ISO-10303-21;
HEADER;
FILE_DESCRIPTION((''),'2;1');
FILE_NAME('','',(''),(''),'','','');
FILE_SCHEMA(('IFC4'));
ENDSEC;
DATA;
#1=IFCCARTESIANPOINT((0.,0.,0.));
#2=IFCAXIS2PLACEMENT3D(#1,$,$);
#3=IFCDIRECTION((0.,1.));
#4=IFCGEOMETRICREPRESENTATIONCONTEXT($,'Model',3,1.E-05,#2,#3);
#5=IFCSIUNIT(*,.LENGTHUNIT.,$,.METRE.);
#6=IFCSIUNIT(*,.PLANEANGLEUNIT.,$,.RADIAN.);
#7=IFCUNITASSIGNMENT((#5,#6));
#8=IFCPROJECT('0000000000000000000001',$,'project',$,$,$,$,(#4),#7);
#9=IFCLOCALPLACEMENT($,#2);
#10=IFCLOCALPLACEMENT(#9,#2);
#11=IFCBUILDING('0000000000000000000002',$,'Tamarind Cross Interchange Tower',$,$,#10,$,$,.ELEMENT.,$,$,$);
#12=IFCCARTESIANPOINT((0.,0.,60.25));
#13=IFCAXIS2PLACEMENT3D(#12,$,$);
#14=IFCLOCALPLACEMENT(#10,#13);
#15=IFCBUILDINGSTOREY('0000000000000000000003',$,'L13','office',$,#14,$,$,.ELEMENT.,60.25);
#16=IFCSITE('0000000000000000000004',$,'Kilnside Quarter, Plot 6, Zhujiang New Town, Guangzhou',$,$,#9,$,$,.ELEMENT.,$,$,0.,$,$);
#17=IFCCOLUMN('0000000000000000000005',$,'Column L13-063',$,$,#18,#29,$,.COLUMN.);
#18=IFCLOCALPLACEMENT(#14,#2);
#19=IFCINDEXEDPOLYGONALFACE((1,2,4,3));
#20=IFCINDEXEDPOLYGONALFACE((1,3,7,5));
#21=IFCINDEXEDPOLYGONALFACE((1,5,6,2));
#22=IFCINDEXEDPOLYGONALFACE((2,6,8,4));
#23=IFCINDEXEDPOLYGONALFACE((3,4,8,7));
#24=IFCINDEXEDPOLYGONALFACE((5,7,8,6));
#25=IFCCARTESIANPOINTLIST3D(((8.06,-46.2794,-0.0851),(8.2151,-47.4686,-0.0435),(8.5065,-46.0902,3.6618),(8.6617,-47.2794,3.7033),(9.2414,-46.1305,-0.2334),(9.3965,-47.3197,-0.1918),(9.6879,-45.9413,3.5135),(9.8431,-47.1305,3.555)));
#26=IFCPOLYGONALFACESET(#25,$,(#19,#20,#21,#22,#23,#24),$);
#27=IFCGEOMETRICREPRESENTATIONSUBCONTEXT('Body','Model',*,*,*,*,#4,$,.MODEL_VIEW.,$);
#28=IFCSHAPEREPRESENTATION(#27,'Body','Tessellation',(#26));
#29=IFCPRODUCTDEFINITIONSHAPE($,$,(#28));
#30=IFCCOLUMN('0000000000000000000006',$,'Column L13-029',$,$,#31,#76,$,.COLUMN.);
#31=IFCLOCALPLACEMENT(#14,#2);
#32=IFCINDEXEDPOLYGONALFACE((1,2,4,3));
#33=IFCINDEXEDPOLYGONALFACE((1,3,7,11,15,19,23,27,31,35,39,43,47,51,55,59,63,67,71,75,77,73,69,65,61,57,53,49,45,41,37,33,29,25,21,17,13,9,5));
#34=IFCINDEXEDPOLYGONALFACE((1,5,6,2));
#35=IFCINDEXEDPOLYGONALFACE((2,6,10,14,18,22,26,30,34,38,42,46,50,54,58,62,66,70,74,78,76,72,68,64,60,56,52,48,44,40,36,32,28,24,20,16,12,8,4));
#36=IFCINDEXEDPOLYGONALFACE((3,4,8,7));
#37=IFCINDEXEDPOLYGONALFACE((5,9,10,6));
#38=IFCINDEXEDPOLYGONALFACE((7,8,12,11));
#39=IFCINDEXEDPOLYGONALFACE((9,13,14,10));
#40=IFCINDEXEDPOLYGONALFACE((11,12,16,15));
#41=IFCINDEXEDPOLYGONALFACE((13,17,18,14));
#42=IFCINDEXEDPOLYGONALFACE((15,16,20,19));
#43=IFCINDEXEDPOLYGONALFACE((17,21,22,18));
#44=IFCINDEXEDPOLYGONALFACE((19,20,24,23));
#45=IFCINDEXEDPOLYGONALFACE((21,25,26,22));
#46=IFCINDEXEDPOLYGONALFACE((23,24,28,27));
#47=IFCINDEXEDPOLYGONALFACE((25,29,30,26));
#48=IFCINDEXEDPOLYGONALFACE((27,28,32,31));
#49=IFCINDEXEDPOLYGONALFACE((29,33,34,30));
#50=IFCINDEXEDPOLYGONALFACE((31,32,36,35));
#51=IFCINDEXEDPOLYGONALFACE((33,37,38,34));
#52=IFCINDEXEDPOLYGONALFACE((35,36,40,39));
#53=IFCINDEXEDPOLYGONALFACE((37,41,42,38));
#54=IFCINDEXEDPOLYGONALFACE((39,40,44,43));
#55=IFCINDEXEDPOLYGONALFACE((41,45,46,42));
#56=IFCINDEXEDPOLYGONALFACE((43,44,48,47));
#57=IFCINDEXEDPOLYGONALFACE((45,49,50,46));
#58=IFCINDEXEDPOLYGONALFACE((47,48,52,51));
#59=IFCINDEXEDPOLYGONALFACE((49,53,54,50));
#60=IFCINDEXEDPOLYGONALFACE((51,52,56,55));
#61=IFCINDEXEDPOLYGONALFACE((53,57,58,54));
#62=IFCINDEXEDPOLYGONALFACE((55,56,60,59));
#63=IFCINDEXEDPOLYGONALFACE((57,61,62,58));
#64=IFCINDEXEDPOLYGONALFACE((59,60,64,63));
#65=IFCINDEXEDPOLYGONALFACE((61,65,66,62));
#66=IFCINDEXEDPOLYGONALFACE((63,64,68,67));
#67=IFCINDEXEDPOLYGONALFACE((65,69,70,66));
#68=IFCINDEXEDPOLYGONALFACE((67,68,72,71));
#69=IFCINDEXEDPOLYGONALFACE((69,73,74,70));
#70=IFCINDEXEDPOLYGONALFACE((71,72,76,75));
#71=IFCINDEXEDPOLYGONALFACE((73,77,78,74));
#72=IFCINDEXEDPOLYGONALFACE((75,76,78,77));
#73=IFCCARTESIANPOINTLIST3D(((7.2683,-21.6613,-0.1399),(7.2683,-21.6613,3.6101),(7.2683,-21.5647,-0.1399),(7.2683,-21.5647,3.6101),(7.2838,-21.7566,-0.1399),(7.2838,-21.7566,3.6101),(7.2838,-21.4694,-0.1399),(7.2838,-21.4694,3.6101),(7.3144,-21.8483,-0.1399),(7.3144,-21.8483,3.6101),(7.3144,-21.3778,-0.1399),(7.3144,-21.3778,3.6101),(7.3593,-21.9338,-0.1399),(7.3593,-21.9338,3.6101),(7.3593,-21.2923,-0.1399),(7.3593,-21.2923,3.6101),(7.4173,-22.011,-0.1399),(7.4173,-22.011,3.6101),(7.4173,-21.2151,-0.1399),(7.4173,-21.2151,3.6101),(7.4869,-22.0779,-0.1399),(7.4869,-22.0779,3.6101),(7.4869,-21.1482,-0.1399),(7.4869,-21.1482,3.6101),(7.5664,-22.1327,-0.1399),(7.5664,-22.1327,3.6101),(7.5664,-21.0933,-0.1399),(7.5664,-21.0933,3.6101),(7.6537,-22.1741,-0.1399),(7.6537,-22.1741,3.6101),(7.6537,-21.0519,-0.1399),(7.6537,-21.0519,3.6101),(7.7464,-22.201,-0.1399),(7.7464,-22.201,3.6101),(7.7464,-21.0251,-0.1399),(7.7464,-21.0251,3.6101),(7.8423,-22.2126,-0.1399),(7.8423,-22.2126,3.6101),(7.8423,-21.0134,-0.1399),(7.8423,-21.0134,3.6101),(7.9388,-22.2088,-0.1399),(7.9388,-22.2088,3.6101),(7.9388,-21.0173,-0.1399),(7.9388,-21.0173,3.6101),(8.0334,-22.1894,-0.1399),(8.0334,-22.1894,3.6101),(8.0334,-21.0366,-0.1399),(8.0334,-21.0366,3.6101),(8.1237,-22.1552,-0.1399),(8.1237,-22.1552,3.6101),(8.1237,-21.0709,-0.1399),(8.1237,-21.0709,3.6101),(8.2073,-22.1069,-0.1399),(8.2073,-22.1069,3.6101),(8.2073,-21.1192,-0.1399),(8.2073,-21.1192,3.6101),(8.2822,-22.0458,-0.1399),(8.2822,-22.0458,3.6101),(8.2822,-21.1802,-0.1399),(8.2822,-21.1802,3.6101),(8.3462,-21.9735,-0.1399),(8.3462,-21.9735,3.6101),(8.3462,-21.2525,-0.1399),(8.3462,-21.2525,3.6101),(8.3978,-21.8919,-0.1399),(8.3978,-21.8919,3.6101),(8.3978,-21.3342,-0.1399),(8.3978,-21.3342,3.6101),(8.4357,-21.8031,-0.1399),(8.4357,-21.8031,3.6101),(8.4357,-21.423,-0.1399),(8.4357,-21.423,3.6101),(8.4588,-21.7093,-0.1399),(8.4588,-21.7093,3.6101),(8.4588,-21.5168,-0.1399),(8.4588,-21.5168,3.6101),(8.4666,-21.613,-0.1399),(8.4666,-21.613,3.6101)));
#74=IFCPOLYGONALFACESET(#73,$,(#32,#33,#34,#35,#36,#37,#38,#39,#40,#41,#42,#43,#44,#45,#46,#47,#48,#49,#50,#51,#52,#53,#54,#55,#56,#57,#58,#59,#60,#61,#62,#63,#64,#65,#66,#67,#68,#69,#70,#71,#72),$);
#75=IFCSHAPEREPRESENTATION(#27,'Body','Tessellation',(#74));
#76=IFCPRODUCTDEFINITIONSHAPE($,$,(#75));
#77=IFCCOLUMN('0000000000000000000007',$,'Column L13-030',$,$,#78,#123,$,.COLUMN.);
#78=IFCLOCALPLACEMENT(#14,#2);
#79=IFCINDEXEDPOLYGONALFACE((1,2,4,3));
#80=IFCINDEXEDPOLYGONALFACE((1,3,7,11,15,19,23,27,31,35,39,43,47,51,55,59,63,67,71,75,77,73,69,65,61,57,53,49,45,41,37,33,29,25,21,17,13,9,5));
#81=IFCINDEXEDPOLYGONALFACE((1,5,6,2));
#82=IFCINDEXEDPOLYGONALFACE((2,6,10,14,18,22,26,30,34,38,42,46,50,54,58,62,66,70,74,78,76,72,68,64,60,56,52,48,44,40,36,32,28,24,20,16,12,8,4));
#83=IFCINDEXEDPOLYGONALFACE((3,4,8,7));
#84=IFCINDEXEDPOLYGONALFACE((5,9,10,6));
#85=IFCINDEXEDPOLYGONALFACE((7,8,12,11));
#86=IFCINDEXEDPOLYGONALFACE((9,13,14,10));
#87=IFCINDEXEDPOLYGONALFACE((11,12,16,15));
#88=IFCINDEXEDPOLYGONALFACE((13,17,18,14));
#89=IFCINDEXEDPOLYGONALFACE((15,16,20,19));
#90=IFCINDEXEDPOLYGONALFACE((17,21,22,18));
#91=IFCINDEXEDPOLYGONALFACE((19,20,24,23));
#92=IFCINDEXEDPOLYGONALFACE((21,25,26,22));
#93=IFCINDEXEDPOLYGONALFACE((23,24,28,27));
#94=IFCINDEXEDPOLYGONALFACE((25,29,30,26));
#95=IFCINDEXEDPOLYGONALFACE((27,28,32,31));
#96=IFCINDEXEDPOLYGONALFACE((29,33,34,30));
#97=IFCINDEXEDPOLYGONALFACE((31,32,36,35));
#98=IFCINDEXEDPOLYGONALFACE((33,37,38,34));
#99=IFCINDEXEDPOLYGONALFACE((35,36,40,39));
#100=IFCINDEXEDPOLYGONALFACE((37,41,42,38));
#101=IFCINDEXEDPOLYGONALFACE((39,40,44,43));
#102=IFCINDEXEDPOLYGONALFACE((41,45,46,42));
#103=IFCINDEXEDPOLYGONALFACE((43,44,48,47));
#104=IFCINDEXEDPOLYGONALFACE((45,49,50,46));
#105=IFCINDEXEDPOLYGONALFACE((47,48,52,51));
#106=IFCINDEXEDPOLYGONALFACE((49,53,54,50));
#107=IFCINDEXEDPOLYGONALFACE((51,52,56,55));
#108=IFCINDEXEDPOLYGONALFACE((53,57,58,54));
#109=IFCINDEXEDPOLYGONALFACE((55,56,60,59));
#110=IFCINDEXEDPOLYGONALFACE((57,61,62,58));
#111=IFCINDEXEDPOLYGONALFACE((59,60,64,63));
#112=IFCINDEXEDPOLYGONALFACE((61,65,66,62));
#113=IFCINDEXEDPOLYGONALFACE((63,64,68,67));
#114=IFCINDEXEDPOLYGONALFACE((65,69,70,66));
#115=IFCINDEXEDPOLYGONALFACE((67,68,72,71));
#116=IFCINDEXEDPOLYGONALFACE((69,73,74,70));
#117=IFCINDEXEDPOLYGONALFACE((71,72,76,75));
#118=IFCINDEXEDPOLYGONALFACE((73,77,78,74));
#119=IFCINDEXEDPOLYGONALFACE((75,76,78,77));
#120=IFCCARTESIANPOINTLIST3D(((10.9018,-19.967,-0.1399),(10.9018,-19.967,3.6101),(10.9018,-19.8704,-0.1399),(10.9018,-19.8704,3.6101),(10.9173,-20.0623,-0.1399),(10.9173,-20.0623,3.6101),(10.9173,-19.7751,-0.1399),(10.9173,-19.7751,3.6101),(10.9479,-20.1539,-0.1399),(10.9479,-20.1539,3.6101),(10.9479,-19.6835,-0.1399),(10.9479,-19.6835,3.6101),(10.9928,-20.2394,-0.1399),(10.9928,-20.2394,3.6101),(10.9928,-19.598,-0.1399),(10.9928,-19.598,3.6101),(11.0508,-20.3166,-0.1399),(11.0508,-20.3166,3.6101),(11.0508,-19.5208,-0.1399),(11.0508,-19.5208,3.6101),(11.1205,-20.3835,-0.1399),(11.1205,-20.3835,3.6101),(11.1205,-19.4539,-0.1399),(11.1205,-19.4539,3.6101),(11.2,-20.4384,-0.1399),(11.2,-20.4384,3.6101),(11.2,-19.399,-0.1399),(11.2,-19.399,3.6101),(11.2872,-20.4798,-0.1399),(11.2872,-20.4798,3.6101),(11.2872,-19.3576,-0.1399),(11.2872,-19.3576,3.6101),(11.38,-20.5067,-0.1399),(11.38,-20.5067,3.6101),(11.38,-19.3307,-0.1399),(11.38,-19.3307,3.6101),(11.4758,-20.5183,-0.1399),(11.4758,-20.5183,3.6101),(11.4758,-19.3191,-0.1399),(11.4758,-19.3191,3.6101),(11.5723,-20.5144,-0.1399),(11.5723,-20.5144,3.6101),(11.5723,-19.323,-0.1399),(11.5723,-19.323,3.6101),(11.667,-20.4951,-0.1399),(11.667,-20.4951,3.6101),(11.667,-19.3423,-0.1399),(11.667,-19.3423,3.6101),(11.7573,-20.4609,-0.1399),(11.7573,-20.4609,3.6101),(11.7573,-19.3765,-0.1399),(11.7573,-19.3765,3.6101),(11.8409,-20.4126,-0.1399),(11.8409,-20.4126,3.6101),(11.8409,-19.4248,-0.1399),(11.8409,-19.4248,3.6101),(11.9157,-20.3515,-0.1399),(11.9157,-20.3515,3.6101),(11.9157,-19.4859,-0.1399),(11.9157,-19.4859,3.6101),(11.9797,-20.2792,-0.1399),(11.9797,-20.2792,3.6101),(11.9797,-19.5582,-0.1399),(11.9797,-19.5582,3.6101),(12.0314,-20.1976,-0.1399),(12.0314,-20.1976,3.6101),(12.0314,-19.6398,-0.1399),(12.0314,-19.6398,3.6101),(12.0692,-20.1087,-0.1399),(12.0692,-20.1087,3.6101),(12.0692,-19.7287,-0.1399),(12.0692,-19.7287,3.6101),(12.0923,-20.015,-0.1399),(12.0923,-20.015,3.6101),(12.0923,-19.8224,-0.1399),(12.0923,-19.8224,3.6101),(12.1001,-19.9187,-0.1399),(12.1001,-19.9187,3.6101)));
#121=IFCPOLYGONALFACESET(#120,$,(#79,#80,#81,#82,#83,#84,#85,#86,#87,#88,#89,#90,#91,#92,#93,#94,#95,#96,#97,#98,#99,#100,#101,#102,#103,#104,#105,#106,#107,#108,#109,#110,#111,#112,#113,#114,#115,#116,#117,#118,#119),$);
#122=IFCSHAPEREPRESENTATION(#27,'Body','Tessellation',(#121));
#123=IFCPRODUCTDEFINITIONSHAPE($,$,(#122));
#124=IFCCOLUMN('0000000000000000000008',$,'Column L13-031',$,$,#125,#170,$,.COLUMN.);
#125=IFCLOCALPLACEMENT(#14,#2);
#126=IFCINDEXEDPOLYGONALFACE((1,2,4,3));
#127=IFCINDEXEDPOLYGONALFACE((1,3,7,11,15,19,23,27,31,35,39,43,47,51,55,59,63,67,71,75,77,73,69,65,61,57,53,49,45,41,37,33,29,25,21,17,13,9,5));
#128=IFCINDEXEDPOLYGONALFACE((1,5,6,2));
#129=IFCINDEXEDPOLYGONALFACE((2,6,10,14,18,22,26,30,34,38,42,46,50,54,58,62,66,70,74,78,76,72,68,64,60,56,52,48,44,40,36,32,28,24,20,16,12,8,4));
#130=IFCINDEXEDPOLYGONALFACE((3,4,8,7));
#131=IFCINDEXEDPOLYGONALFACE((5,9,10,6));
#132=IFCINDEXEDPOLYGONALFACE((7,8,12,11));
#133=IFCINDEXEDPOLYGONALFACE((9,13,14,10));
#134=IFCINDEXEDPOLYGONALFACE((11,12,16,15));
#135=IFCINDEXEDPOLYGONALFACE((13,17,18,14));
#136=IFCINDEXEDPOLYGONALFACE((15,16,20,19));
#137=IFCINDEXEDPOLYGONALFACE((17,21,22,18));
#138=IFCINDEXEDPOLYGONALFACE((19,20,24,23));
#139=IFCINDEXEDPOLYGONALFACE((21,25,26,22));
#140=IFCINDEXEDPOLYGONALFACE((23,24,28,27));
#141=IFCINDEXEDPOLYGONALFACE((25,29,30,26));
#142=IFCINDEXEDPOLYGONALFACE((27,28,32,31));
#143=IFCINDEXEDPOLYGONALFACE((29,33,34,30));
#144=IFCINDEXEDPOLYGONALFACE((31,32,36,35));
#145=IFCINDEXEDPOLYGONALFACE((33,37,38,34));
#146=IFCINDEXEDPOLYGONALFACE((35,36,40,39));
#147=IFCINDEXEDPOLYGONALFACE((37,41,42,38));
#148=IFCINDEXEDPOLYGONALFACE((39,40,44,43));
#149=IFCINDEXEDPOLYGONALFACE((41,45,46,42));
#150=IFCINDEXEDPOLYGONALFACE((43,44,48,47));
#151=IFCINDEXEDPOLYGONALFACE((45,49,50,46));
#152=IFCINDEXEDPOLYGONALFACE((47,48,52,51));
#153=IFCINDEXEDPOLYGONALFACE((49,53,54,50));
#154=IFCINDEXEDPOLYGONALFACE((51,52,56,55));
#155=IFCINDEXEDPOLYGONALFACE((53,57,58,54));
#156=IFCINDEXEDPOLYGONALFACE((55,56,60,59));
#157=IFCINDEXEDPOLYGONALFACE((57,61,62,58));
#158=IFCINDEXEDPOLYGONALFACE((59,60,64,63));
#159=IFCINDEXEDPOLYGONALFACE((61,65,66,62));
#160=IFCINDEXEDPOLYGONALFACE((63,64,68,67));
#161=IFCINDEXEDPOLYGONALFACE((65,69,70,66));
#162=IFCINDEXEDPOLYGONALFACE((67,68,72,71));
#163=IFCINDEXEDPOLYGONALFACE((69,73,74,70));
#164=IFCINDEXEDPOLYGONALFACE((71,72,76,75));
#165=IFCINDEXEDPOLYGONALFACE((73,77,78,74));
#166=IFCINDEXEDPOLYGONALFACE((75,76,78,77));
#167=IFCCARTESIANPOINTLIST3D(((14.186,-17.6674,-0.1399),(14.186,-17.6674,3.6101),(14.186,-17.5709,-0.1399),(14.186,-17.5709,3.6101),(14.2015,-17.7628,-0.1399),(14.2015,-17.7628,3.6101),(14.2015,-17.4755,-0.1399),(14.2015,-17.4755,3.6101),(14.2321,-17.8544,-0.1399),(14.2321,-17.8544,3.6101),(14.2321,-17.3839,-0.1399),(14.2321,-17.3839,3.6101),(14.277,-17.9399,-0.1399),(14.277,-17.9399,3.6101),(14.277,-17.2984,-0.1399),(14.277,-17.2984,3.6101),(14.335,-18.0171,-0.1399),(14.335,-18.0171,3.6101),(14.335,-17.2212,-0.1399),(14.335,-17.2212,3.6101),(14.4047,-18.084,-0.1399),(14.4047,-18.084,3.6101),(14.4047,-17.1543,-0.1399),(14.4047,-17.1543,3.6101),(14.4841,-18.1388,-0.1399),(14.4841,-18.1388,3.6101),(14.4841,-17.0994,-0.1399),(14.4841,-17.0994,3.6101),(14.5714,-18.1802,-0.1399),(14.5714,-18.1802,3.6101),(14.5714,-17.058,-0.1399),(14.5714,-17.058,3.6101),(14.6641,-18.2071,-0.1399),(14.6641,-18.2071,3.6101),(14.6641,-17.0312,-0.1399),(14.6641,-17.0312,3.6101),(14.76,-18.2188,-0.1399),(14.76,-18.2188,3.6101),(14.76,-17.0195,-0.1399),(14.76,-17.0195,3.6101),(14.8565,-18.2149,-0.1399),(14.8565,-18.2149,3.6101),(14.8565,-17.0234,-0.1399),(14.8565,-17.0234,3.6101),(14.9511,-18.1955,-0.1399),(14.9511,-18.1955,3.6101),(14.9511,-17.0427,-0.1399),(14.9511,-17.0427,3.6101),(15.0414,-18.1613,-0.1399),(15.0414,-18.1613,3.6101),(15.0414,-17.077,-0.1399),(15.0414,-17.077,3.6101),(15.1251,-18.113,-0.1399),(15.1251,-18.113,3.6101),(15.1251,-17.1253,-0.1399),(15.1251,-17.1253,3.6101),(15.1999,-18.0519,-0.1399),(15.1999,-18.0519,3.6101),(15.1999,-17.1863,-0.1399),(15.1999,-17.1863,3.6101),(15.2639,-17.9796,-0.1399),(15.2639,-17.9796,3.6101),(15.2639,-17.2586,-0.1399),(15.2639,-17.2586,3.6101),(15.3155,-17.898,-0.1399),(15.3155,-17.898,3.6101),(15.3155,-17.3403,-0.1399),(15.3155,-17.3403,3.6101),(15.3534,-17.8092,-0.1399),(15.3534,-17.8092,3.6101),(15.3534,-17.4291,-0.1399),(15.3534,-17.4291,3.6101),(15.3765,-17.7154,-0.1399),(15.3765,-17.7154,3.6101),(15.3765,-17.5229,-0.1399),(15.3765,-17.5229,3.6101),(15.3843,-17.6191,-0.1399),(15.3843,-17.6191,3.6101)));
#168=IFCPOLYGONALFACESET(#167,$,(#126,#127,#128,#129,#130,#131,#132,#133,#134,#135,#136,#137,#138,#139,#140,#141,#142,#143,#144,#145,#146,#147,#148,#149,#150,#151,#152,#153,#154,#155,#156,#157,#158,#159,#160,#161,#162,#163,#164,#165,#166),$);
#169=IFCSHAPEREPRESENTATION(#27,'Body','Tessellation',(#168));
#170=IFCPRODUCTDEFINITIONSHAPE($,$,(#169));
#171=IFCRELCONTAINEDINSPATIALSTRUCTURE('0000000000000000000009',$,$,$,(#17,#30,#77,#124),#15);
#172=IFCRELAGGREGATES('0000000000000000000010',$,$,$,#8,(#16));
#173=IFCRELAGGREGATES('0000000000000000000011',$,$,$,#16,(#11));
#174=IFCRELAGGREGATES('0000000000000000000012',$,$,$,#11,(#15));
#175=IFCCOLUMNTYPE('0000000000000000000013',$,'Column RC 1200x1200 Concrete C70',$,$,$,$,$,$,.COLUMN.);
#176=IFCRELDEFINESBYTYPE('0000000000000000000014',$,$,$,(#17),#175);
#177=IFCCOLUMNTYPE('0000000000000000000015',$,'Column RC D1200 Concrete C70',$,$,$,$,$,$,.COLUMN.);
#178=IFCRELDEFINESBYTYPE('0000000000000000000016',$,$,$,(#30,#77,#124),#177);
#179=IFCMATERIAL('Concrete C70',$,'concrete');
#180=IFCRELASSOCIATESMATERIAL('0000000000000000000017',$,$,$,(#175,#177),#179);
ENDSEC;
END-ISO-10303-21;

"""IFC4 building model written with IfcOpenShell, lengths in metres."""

from ifc_helpers import new_model, si_unit, direction, frame, origin, origin_2d, place, context, subcontext, project, spatial, rectangle, circle, extrude, material, material_profile, profile_set, type_object, element, save


model = new_model("IFC4")

# Units and contexts
model_context = context("Model", 3, precision=1e-05, world=origin(), true_north=direction((0.0, 1.0)))
body_context = subcontext(model_context, "Body", "Model", "MODEL_VIEW")
ifc_project = project(units=[si_unit("LENGTHUNIT", "METRE"), si_unit("PLANEANGLEUNIT", "RADIAN")], contexts=[model_context])

# Site, building, storey
site_placement = place(None, origin())
site = spatial("IfcSite", under=ifc_project, at=site_placement, Name="Kilnside Quarter, Plot 6, Zhujiang New Town, Guangzhou", CompositionType="ELEMENT", RefElevation=0.0)
building_placement = place(site_placement, origin())
building = spatial("IfcBuilding", under=site, at=building_placement, Name="Tamarind Cross Interchange Tower", CompositionType="ELEMENT")
storey_placement = place(building_placement, frame((0.0, 0.0, 60.25)))
storey = spatial("IfcBuildingStorey", under=building, at=storey_placement, Name="L13", Description="office", CompositionType="ELEMENT", Elevation=60.25)

# Columns
ifc_material_1 = material(Name="Concrete C70", Category="concrete")
ifc_material_profile_1 = material_profile(ifc_material_1, rectangle(XDim=1.2, YDim=1.2, at=origin_2d()), Name="RC 1200x1200")
ifc_profile_set_1 = profile_set([ifc_material_profile_1], Name="Concrete C70")
column_type_1 = type_object("IfcColumnType", Name="Column RC 1200x1200 Concrete C70", PredefinedType="COLUMN", material=ifc_profile_set_1)
column_placement = place(storey_placement, frame((8.7283, -46.7996, -0.1384), z_axis=(0.11819, 0.050081, 0.991727), x_axis=(-0.984541, -0.124106, 0.123601)))
element("IfcColumn", 1, at=column_placement, inside=storey, type_object=column_type_1, Name="Column L13-063", PredefinedType="COLUMN", context=body_context, shape_type="SweptSolid", body=[
    extrude(rectangle(XDim=1.2, YDim=1.2, at=origin_2d()), origin(), (0.0, 0.0, 1.0), 3.7781),
])
ifc_material_profile_2 = material_profile(ifc_material_1, circle(Radius=0.6001, at=origin_2d()), Name="RC D1200")
ifc_profile_set_2 = profile_set([ifc_material_profile_2], Name="Concrete C70")
column_type_2 = type_object("IfcColumnType", Name="Column RC D1200 Concrete C70", PredefinedType="COLUMN", material=ifc_profile_set_2)
for number, where, z_axis, x_axis, name in (
    (2, (7.8665, -21.613, -0.1399), (0.0, 0.0, 1.0), (1.0, 0.0, 0.0), "Column L13-029"),
    (3, (11.5, -19.9187, -0.1399), (0.0, 0.0, 1.0), (1.0, 0.0, 0.0), "Column L13-030"),
    (4, (14.7842, -17.6191, -0.1399), (0.0, 0.0, 1.0), (1.0, 0.0, 0.0), "Column L13-031"),
):
    element("IfcColumn", number, at=place(storey_placement, frame(where, z_axis=z_axis, x_axis=x_axis)), inside=storey, type_object=column_type_2, Name=name, PredefinedType="COLUMN", context=body_context, shape_type="SweptSolid", body=[
        extrude(circle(Radius=0.6001, at=origin_2d()), origin(), (0.0, 0.0, 1.0), 3.75),
    ])

save(model, "model.ifc")
